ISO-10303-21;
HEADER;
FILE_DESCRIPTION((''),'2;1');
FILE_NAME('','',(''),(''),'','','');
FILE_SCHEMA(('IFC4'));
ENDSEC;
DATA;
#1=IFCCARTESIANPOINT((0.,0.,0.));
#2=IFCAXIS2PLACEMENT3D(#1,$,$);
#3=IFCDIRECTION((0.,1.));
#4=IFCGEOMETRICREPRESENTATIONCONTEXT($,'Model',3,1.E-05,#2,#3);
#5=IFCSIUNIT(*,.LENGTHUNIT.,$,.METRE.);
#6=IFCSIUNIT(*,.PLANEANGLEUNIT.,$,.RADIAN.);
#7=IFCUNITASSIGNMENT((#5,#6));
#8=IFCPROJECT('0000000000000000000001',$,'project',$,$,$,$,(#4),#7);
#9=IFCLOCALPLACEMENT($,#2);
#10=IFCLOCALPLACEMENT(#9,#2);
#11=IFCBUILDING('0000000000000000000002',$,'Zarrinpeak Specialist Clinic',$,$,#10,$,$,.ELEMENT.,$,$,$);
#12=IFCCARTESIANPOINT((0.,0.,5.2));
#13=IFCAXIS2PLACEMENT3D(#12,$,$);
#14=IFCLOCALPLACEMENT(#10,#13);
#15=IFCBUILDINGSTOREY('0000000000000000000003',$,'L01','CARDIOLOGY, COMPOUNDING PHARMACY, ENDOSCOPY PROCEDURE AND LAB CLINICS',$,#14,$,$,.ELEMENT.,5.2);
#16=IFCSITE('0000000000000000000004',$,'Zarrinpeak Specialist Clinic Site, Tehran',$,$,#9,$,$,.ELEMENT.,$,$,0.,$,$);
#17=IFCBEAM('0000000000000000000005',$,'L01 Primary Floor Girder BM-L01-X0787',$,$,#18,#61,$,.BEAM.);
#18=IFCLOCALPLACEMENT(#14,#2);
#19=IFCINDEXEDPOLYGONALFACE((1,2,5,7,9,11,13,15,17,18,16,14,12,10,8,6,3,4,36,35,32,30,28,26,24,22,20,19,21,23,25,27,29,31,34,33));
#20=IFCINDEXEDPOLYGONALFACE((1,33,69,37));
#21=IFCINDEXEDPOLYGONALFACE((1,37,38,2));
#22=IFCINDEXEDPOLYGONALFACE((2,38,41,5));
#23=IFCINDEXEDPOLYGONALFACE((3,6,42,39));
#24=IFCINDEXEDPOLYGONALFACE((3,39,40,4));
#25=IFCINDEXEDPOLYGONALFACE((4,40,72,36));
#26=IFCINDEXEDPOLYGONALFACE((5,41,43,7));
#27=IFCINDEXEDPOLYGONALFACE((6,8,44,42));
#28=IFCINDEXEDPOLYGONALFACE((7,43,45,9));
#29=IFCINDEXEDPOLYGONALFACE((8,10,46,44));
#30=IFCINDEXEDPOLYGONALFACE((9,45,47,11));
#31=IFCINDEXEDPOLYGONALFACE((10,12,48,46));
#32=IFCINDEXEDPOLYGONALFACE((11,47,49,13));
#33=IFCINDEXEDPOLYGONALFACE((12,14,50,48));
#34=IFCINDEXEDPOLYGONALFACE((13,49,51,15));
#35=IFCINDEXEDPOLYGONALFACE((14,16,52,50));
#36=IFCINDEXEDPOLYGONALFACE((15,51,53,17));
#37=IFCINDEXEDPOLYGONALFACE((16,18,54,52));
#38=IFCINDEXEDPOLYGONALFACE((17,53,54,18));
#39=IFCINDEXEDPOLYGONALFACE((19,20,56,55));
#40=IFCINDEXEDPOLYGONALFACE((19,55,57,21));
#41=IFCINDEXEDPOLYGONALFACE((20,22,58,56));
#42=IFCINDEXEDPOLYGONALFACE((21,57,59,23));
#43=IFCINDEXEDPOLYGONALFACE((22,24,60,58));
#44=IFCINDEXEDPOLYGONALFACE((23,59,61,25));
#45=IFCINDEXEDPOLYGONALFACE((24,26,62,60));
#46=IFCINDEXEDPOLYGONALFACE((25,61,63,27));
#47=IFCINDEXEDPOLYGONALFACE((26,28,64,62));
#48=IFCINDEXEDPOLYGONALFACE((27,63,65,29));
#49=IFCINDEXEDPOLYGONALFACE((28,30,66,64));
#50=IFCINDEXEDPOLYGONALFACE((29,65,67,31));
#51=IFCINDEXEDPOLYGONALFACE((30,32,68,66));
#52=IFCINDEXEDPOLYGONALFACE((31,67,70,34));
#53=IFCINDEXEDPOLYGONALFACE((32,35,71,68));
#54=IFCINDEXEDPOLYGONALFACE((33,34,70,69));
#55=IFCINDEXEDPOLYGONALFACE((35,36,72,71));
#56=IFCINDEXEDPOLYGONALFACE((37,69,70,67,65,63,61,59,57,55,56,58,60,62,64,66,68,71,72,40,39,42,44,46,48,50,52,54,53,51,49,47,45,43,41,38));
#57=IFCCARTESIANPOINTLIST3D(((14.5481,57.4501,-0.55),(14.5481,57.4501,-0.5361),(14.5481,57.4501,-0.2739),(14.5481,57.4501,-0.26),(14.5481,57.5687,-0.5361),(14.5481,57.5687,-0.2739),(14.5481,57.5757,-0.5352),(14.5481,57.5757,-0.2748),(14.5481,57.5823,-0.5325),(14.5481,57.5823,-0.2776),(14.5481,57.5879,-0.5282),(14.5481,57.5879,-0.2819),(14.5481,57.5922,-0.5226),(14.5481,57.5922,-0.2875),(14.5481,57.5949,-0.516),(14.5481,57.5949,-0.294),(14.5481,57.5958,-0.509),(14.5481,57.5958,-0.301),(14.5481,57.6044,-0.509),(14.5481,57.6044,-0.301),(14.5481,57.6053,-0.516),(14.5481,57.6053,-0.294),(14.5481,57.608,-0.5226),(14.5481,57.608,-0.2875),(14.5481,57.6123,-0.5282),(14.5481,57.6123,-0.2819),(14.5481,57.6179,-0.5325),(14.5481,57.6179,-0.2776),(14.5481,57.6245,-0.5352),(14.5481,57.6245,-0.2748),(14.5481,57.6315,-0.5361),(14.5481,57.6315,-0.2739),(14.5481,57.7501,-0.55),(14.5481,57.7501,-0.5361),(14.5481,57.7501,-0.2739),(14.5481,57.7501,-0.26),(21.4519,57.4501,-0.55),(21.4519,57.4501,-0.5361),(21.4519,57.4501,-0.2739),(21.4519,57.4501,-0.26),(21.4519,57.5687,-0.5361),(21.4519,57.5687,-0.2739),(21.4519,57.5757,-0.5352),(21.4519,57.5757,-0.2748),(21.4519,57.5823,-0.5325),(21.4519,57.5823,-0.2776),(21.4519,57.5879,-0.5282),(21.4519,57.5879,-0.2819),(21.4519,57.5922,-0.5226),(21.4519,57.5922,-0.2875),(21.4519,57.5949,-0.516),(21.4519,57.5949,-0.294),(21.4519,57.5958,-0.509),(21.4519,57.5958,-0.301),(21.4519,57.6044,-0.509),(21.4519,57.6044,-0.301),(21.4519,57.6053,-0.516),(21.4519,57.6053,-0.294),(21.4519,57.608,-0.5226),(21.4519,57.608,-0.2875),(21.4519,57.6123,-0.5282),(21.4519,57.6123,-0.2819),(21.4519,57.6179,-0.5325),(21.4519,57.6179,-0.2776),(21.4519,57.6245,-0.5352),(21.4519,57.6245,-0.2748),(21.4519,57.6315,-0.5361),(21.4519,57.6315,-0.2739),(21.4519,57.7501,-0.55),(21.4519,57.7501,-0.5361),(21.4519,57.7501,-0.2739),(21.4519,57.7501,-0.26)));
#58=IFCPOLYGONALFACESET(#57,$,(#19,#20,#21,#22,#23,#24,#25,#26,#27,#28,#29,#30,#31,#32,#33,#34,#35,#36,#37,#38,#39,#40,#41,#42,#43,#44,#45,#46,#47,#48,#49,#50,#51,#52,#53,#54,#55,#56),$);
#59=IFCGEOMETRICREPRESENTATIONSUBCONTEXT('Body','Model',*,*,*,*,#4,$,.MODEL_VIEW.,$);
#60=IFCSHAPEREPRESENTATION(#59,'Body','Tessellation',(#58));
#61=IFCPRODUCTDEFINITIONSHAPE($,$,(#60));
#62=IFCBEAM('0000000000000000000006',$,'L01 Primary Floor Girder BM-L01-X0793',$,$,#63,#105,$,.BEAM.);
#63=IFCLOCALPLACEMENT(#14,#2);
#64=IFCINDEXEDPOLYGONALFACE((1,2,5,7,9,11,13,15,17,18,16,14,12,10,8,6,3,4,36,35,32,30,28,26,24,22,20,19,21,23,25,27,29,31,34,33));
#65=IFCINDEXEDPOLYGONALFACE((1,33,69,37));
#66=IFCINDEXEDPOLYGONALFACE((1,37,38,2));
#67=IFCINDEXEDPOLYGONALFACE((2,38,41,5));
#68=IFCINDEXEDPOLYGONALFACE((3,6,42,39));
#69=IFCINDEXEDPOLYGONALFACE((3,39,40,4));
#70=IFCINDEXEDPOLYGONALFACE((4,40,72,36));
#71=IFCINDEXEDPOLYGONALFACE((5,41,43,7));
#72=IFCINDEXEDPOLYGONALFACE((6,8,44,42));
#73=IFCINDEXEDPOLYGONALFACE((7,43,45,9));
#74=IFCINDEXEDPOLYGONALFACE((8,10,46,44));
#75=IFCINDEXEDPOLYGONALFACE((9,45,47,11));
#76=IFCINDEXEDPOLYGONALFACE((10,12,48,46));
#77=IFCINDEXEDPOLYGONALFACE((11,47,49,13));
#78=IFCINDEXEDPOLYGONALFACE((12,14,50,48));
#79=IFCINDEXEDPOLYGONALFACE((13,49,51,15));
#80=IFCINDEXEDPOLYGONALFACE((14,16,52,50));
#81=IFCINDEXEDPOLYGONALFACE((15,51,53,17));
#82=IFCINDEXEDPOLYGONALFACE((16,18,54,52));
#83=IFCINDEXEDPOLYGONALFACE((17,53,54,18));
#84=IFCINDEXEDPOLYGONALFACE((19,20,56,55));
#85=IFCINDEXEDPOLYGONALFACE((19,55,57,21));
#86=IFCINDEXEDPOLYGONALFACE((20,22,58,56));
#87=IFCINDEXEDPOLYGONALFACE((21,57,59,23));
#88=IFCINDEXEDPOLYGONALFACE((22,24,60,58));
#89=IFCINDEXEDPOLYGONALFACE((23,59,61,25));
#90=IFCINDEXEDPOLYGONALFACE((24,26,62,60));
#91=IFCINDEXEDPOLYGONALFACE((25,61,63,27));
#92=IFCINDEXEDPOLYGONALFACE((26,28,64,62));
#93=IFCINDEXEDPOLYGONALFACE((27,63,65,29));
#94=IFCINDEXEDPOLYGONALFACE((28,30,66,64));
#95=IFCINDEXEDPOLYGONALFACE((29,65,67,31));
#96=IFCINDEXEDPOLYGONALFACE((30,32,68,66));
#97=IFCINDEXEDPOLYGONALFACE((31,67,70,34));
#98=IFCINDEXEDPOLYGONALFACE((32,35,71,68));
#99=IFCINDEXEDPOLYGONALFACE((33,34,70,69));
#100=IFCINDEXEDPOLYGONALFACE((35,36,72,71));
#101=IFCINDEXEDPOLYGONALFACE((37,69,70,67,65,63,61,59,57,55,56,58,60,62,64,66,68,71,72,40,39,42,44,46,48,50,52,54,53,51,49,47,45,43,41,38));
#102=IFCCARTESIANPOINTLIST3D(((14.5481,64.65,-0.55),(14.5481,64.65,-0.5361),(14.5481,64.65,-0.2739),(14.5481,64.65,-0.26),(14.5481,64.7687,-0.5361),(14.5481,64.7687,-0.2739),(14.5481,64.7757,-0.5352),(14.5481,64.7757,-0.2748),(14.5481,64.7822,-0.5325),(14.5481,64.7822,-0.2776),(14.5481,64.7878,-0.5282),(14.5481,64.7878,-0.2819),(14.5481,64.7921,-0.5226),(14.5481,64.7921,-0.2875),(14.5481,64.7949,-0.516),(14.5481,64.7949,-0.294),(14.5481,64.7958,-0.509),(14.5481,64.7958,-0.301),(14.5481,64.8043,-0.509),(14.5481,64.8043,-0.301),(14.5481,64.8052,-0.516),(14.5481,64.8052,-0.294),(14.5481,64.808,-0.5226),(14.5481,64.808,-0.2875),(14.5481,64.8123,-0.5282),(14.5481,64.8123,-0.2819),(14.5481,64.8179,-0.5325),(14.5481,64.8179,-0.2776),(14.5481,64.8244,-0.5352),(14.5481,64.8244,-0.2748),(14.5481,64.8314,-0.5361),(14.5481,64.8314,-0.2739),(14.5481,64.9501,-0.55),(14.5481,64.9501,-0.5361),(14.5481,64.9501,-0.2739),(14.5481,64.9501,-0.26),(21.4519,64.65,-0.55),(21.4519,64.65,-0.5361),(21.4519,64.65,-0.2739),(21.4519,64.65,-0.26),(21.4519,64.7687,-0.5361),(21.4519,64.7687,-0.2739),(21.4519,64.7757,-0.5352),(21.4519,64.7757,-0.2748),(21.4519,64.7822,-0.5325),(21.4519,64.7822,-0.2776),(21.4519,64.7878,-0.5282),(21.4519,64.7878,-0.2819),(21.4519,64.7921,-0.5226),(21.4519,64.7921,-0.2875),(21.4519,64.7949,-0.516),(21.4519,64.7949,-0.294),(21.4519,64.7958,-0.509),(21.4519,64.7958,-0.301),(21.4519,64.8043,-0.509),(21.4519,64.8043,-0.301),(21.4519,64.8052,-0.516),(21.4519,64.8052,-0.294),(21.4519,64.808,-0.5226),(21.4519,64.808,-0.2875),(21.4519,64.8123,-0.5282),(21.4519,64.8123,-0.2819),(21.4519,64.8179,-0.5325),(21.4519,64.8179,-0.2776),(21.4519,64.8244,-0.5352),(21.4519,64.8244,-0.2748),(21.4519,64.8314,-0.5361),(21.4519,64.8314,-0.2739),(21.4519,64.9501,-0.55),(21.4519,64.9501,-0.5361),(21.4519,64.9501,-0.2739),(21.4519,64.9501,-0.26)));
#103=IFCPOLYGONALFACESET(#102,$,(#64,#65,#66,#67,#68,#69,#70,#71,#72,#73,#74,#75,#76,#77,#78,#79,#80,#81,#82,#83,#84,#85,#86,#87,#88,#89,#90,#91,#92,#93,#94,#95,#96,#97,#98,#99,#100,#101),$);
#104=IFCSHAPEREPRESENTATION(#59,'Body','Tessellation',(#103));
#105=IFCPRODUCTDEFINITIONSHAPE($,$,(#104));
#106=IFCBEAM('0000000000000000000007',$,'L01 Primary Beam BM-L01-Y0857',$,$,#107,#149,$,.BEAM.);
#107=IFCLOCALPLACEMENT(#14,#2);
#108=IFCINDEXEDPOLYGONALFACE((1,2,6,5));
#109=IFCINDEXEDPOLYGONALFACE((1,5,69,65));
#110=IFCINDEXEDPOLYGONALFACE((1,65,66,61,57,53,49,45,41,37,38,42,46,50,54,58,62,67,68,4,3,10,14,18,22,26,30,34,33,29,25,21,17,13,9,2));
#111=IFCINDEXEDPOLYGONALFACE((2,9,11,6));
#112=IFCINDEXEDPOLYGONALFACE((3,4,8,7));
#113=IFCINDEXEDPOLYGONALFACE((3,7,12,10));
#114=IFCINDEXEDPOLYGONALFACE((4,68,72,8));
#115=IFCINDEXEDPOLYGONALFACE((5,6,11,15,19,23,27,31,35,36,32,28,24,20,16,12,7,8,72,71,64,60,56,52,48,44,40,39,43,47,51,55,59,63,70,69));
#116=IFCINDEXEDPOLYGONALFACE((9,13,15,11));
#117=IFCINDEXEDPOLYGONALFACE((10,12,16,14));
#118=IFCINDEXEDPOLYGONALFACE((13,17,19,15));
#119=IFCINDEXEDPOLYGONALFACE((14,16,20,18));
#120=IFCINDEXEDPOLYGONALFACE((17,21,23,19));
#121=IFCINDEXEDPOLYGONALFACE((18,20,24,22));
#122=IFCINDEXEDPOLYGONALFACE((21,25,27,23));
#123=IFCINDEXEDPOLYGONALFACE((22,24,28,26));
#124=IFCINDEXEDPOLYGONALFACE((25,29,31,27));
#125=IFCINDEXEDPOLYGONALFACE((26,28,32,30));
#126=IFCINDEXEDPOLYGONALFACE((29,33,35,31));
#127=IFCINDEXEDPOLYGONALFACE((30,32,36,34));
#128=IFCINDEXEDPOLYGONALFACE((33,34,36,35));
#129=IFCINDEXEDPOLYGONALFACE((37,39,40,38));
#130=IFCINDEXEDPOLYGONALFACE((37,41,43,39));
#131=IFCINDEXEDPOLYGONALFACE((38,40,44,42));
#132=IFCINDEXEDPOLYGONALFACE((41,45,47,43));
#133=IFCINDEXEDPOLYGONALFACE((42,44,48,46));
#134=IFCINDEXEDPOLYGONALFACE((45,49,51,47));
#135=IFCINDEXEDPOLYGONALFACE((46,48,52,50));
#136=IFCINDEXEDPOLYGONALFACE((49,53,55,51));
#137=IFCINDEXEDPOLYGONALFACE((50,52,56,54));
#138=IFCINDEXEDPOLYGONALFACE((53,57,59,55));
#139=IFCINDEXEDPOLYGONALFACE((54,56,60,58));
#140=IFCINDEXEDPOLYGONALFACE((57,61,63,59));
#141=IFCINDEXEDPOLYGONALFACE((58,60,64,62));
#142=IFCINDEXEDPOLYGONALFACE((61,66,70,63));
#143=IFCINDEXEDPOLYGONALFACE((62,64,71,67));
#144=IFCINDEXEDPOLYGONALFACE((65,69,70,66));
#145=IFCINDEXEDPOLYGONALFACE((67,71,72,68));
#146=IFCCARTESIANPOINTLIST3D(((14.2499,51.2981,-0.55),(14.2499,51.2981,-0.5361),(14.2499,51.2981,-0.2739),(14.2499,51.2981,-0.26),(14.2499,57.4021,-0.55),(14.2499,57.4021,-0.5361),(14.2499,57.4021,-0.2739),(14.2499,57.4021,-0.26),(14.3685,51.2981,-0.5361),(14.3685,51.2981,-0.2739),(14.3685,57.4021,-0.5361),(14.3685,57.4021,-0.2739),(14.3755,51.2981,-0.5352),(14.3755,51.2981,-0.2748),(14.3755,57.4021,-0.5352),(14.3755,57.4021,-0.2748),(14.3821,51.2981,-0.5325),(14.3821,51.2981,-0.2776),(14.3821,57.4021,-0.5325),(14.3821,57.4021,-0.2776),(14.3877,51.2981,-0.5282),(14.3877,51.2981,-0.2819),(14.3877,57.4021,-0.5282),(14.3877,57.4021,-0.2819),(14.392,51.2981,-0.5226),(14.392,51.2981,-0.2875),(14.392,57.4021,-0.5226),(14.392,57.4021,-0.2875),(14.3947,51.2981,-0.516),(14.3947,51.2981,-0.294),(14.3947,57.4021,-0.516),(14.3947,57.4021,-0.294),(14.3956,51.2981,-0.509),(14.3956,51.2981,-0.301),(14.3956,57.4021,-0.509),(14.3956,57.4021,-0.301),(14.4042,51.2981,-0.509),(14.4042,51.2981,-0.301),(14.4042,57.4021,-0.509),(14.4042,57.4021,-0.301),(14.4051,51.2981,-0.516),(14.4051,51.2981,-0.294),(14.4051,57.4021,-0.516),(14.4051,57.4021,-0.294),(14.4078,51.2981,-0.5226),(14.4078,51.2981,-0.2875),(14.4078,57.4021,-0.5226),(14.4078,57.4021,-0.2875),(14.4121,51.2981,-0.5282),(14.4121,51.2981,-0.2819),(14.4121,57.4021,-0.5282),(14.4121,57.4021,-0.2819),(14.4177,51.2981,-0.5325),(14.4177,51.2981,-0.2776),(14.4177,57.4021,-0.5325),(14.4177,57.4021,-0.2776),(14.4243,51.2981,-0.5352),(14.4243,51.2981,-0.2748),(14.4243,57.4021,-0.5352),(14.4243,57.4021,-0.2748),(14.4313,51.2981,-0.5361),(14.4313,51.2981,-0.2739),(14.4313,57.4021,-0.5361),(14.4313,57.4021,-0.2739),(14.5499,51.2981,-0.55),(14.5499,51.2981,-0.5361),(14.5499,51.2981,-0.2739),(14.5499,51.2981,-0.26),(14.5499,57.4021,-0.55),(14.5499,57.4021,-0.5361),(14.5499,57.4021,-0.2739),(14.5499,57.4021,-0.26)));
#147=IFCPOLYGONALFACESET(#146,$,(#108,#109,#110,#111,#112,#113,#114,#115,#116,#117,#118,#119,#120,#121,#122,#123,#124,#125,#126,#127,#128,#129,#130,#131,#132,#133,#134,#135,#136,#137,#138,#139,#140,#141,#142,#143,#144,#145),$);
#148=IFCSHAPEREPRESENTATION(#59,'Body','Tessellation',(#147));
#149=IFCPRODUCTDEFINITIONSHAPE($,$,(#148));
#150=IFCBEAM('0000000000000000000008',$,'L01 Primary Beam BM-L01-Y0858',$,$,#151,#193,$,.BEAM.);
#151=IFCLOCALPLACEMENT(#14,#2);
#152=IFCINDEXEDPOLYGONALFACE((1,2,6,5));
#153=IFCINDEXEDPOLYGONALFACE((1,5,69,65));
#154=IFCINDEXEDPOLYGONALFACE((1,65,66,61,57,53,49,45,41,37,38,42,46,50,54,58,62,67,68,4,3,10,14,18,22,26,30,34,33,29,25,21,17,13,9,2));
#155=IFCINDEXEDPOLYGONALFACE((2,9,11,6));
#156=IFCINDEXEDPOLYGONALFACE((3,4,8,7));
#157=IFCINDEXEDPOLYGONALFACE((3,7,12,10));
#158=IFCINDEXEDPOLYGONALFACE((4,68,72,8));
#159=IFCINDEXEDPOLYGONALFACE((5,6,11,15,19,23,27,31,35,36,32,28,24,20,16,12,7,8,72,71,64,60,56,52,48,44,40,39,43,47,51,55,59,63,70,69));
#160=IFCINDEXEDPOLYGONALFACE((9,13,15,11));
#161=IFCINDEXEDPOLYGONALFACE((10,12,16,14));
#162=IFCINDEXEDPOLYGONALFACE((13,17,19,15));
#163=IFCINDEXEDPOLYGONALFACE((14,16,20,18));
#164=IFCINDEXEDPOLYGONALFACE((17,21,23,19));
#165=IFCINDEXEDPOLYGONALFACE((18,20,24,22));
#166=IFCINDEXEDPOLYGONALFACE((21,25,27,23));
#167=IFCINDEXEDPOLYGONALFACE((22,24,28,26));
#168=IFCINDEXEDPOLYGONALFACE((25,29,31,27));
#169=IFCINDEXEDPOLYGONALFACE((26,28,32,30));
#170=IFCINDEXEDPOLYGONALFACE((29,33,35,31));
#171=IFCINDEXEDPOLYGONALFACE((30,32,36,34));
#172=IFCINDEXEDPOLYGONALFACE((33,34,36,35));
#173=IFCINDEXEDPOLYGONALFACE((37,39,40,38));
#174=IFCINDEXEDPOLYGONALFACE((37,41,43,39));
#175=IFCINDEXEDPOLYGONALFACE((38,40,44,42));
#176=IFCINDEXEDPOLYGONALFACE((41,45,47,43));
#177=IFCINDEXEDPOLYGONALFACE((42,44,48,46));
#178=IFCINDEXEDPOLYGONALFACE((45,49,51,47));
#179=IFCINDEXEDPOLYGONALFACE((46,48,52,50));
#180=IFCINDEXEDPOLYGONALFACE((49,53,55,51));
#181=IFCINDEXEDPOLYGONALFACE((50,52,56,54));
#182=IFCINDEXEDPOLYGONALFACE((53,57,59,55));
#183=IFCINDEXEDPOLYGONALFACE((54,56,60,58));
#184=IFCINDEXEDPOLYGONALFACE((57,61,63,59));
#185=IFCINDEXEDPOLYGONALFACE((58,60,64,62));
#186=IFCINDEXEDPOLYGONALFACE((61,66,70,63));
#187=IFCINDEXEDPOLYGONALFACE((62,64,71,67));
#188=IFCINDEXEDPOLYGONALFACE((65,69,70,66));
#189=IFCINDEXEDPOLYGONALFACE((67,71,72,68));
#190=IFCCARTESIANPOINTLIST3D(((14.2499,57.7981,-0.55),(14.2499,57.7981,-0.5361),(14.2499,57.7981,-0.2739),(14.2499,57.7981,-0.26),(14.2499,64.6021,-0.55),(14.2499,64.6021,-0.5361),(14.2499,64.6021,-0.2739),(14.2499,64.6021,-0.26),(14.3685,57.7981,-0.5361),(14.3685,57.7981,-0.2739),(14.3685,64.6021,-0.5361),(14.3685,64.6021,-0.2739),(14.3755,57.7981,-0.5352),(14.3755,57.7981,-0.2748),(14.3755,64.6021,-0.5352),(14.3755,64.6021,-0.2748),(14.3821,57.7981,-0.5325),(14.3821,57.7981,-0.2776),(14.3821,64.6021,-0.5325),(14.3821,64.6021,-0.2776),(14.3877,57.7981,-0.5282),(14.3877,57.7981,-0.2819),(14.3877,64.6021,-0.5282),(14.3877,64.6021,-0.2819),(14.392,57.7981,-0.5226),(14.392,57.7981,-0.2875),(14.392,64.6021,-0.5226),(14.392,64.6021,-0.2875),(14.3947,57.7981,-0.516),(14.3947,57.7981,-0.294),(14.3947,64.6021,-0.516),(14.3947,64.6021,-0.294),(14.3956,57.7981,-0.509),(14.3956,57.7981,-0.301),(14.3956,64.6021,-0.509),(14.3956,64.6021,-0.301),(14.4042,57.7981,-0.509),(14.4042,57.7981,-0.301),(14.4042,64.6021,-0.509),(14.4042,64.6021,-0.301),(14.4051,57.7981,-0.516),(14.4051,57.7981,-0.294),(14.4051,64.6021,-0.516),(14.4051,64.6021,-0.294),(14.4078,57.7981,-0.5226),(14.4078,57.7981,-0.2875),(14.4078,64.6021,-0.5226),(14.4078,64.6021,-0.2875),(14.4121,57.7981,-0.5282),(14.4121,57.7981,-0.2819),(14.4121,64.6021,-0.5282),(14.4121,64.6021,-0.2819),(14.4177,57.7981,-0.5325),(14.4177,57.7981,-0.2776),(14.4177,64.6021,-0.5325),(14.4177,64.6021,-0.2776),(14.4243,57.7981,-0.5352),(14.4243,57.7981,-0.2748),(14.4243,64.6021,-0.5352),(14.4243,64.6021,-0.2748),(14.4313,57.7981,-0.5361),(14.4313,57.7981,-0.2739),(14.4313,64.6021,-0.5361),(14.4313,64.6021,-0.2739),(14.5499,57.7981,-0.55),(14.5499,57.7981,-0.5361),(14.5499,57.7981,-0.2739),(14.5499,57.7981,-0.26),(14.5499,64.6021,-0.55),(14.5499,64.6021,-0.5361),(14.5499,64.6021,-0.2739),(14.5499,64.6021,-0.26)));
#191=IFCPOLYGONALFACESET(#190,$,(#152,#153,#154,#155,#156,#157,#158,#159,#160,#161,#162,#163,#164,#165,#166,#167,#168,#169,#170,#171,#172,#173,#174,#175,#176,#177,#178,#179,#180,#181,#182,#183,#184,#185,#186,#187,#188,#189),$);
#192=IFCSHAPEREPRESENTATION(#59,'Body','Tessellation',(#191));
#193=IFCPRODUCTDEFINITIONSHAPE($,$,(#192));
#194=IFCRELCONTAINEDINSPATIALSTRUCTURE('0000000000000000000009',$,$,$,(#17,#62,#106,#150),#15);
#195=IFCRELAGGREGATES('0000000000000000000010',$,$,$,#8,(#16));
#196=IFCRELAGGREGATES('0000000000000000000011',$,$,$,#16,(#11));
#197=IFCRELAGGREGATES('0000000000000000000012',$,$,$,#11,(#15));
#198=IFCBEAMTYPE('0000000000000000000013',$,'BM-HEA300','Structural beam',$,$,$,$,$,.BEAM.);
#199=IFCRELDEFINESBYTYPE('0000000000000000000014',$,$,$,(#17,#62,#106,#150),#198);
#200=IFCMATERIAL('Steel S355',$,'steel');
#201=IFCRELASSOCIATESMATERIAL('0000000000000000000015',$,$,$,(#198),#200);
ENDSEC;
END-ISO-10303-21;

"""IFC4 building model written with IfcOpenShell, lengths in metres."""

from ifc_helpers import new_model, si_unit, direction, frame, origin, origin_2d, place, context, subcontext, project, spatial, i_section, extrude, material, material_profile, profile_set, type_object, element, save


model = new_model("IFC4")

# Units and contexts
model_context = context("Model", 3, precision=1e-05, world=origin(), true_north=direction((0.0, 1.0)))
body_context = subcontext(model_context, "Body", "Model", "MODEL_VIEW")
ifc_project = project(units=[si_unit("LENGTHUNIT", "METRE"), si_unit("PLANEANGLEUNIT", "RADIAN")], contexts=[model_context])

# Site, building, storey
site_placement = place(None, origin())
site = spatial("IfcSite", under=ifc_project, at=site_placement, Name="Zarrinpeak Specialist Clinic Site, Tehran", CompositionType="ELEMENT", RefElevation=0.0)
building_placement = place(site_placement, origin())
building = spatial("IfcBuilding", under=site, at=building_placement, Name="Zarrinpeak Specialist Clinic", CompositionType="ELEMENT")
storey_placement = place(building_placement, frame((0.0, 0.0, 5.2)))
storey = spatial("IfcBuildingStorey", under=building, at=storey_placement, Name="L01", Description="CARDIOLOGY, COMPOUNDING PHARMACY, ENDOSCOPY PROCEDURE AND LAB CLINICS", CompositionType="ELEMENT", Elevation=5.2)

# Shared definitions
ifc_material_1 = material(Name="Steel S355", Category="steel")

# Beams
ifc_material_profile_1 = material_profile(ifc_material_1, i_section(OverallWidth=0.3, OverallDepth=0.29, WebThickness=0.0085, FlangeThickness=0.0139, FilletRadius=0.0271, at=origin_2d()), Name="HEA 300")
ifc_profile_set_1 = profile_set([ifc_material_profile_1], Name="Steel S355")
beam_type_1 = type_object("IfcBeamType", Name="BM-HEA300", Description="Structural beam", PredefinedType="BEAM", material=ifc_profile_set_1)
for number, where, z_axis, x_axis, name in (
    (1, (14.5481, 57.6001, -0.405), (1.0, 0.0, 0.0), (0.0, 1.0, 0.0), "L01 Primary Floor Girder BM-L01-X0787"),
    (2, (14.5481, 64.8, -0.405), (1.0, 0.0, 0.0), (0.0, 1.0, 0.0), "L01 Primary Floor Girder BM-L01-X0793"),
):
    element("IfcBeam", number, at=place(storey_placement, frame(where, z_axis=z_axis, x_axis=x_axis)), inside=storey, type_object=beam_type_1, Name=name, PredefinedType="BEAM", context=body_context, shape_type="SweptSolid", body=[
        extrude(i_section(OverallWidth=0.3, OverallDepth=0.29, WebThickness=0.0085, FlangeThickness=0.0139, FilletRadius=0.0271, at=origin_2d()), origin(), (0.0, 0.0, 1.0), 6.9038),
    ])
beam_1_placement = place(storey_placement, frame((14.3999, 51.2981, -0.405), z_axis=(0.0, 1.0, 0.0), x_axis=(-1.0, 0.0, 0.0)))
element("IfcBeam", 3, at=beam_1_placement, inside=storey, type_object=beam_type_1, Name="L01 Primary Beam BM-L01-Y0857", PredefinedType="BEAM", context=body_context, shape_type="SweptSolid", body=[
    extrude(i_section(OverallWidth=0.3, OverallDepth=0.29, WebThickness=0.0085, FlangeThickness=0.0139, FilletRadius=0.0271, at=origin_2d()), origin(), (0.0, 0.0, 1.0), 6.104),
])
for number, where, z_axis, x_axis, name in (
    (4, (14.3999, 57.7981, -0.405), (0.0, 1.0, 0.0), (-1.0, 0.0, 0.0), "L01 Primary Beam BM-L01-Y0858"),
):
    element("IfcBeam", number, at=place(storey_placement, frame(where, z_axis=z_axis, x_axis=x_axis)), inside=storey, type_object=beam_type_1, Name=name, PredefinedType="BEAM", context=body_context, shape_type="SweptSolid", body=[
        extrude(i_section(OverallWidth=0.3, OverallDepth=0.29, WebThickness=0.0085, FlangeThickness=0.0139, FilletRadius=0.0271, at=origin_2d()), origin(), (0.0, 0.0, 1.0), 6.804),
    ])

save(model, "model.ifc")
